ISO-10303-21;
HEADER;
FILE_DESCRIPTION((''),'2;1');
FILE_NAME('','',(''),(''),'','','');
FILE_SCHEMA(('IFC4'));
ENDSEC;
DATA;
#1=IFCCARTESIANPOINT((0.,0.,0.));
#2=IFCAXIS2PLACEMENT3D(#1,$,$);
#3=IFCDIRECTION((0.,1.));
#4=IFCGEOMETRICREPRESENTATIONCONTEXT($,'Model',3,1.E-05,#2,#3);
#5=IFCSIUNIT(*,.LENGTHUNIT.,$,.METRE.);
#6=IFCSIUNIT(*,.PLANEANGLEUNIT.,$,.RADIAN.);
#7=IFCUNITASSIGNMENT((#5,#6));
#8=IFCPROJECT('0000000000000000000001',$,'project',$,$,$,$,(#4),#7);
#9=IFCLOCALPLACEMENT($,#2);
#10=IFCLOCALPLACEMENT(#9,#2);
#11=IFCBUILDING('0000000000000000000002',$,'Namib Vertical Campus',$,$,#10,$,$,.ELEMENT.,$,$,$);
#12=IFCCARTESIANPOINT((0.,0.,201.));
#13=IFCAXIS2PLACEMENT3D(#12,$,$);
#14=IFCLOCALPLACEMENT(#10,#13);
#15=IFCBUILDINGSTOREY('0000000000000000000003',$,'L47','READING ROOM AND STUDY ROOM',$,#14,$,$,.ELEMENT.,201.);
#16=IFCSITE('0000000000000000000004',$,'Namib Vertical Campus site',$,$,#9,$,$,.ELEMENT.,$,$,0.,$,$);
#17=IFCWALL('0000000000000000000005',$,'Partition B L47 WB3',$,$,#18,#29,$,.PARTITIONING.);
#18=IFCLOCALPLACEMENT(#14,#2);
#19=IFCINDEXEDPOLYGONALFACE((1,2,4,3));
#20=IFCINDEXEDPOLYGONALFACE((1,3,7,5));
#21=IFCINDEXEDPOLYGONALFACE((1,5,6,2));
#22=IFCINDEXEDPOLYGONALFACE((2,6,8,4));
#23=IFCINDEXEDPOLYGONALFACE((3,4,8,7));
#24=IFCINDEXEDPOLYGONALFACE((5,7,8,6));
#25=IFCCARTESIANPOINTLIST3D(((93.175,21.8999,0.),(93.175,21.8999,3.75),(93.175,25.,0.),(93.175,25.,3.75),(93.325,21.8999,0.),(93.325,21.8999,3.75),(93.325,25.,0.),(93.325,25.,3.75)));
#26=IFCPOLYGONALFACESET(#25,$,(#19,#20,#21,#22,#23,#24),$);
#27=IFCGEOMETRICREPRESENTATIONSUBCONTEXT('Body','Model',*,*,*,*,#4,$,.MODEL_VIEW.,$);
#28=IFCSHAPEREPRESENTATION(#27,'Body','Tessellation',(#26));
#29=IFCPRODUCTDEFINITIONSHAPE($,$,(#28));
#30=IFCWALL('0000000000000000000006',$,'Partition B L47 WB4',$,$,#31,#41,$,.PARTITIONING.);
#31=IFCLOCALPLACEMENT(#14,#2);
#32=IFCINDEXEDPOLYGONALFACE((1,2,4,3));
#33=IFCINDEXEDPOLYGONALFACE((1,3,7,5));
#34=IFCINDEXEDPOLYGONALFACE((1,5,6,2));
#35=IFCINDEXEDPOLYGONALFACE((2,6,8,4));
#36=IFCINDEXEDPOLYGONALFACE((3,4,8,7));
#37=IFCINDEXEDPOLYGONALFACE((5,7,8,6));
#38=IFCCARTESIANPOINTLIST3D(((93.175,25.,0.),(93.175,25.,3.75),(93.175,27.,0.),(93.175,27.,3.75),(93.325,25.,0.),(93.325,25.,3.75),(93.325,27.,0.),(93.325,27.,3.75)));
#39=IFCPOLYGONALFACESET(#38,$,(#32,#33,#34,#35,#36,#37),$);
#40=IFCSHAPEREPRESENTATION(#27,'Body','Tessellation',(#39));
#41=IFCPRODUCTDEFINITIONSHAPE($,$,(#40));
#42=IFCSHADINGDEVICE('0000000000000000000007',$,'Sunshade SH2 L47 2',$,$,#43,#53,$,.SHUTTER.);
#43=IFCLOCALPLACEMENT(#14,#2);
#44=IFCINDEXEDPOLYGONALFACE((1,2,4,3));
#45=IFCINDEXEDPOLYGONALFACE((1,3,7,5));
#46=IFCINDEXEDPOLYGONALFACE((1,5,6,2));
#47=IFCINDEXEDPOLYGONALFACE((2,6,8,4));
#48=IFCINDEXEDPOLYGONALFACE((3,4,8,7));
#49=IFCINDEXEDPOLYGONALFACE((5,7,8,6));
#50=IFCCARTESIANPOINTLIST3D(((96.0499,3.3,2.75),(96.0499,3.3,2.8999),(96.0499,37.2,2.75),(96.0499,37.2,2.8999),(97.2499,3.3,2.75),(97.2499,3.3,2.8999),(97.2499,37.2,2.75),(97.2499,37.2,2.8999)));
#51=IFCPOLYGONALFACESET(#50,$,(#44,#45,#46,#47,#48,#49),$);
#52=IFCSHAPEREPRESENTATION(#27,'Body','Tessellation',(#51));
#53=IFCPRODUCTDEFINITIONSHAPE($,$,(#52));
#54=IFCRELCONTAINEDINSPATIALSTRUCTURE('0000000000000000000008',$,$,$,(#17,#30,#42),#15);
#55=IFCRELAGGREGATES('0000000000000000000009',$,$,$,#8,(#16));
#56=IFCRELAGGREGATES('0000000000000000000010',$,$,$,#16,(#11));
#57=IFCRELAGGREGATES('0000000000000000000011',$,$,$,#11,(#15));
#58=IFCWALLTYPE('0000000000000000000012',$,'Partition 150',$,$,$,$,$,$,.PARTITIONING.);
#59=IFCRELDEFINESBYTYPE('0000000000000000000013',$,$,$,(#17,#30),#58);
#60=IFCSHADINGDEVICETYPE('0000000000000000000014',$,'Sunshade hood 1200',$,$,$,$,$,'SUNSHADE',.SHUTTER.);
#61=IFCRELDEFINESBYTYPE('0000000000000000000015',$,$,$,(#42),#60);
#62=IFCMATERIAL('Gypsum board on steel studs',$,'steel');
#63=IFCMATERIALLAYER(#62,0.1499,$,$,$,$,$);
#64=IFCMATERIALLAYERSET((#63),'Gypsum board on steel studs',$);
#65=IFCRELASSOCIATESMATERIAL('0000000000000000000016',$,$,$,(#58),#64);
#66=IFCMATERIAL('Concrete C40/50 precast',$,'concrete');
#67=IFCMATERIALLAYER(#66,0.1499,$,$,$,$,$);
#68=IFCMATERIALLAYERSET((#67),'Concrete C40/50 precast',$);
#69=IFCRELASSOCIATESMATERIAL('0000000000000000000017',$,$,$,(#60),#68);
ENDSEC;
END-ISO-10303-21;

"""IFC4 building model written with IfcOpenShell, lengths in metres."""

from ifc_helpers import new_model, si_unit, direction, frame, frame_2d, origin, origin_2d, place, context, subcontext, project, spatial, rectangle, extrude, material, layer, layer_set, type_object, element, save


model = new_model("IFC4")

# Units and contexts
model_context = context("Model", 3, precision=1e-05, world=origin(), true_north=direction((0.0, 1.0)))
body_context = subcontext(model_context, "Body", "Model", "MODEL_VIEW")
ifc_project = project(units=[si_unit("LENGTHUNIT", "METRE"), si_unit("PLANEANGLEUNIT", "RADIAN")], contexts=[model_context])

# Site, building, storey
site_placement = place(None, origin())
site = spatial("IfcSite", under=ifc_project, at=site_placement, Name="Namib Vertical Campus site", CompositionType="ELEMENT", RefElevation=0.0)
building_placement = place(site_placement, origin())
building = spatial("IfcBuilding", under=site, at=building_placement, Name="Namib Vertical Campus", CompositionType="ELEMENT")
storey_placement = place(building_placement, frame((0.0, 0.0, 201.0)))
storey = spatial("IfcBuildingStorey", under=building, at=storey_placement, Name="L47", Description="READING ROOM AND STUDY ROOM", CompositionType="ELEMENT", Elevation=201.0)

# Walls
ifc_material_1 = material(Name="Gypsum board on steel studs", Category="steel")
ifc_layer_1 = layer(ifc_material_1, 0.1499)
ifc_layer_set_1 = layer_set([ifc_layer_1], Name="Gypsum board on steel studs")
wall_type_1 = type_object("IfcWallType", Name="Partition 150", PredefinedType="PARTITIONING", material=ifc_layer_set_1)
wall_1_placement = place(storey_placement, frame((93.25, 21.8999, 0.0), z_axis=(0.0, 0.0, 1.0), x_axis=(0.0, 1.0, 0.0)))
element("IfcWall", 1, at=wall_1_placement, inside=storey, type_object=wall_type_1, Name="Partition B L47 WB3", PredefinedType="PARTITIONING", context=body_context, shape_type="SweptSolid", body=[
    extrude(rectangle(XDim=3.1001, YDim=0.1499, at=frame_2d((1.55, 0.0))), origin(), (0.0, 0.0, 1.0), 3.75),
])
wall_2_placement = place(storey_placement, frame((93.25, 25.0, 0.0), z_axis=(0.0, 0.0, 1.0), x_axis=(0.0, 1.0, 0.0)))
element("IfcWall", 2, at=wall_2_placement, inside=storey, type_object=wall_type_1, Name="Partition B L47 WB4", PredefinedType="PARTITIONING", context=body_context, shape_type="SweptSolid", body=[
    extrude(rectangle(XDim=2.0, YDim=0.1499, at=frame_2d((1.0, 0.0))), origin(), (0.0, 0.0, 1.0), 3.75),
])

# Shading device
ifc_material_2 = material(Name="Concrete C40/50 precast", Category="concrete")
ifc_layer_2 = layer(ifc_material_2, 0.1499)
ifc_layer_set_2 = layer_set([ifc_layer_2], Name="Concrete C40/50 precast")
shading_device_type = type_object("IfcShadingDeviceType", Name="Sunshade hood 1200", ElementType="SUNSHADE", PredefinedType="SHUTTER", material=ifc_layer_set_2)
shading_device_placement = place(storey_placement, frame((96.6499, 20.25, 2.75), z_axis=(0.0, 0.0, 1.0), x_axis=(0.0, 1.0, 0.0)))
element("IfcShadingDevice", 3, at=shading_device_placement, inside=storey, type_object=shading_device_type, Name="Sunshade SH2 L47 2", PredefinedType="SHUTTER", context=body_context, shape_type="SweptSolid", body=[
    extrude(rectangle(XDim=33.8999, YDim=1.2, at=origin_2d()), origin(), (0.0, 0.0, 1.0), 0.1499),
])

save(model, "model.ifc")
